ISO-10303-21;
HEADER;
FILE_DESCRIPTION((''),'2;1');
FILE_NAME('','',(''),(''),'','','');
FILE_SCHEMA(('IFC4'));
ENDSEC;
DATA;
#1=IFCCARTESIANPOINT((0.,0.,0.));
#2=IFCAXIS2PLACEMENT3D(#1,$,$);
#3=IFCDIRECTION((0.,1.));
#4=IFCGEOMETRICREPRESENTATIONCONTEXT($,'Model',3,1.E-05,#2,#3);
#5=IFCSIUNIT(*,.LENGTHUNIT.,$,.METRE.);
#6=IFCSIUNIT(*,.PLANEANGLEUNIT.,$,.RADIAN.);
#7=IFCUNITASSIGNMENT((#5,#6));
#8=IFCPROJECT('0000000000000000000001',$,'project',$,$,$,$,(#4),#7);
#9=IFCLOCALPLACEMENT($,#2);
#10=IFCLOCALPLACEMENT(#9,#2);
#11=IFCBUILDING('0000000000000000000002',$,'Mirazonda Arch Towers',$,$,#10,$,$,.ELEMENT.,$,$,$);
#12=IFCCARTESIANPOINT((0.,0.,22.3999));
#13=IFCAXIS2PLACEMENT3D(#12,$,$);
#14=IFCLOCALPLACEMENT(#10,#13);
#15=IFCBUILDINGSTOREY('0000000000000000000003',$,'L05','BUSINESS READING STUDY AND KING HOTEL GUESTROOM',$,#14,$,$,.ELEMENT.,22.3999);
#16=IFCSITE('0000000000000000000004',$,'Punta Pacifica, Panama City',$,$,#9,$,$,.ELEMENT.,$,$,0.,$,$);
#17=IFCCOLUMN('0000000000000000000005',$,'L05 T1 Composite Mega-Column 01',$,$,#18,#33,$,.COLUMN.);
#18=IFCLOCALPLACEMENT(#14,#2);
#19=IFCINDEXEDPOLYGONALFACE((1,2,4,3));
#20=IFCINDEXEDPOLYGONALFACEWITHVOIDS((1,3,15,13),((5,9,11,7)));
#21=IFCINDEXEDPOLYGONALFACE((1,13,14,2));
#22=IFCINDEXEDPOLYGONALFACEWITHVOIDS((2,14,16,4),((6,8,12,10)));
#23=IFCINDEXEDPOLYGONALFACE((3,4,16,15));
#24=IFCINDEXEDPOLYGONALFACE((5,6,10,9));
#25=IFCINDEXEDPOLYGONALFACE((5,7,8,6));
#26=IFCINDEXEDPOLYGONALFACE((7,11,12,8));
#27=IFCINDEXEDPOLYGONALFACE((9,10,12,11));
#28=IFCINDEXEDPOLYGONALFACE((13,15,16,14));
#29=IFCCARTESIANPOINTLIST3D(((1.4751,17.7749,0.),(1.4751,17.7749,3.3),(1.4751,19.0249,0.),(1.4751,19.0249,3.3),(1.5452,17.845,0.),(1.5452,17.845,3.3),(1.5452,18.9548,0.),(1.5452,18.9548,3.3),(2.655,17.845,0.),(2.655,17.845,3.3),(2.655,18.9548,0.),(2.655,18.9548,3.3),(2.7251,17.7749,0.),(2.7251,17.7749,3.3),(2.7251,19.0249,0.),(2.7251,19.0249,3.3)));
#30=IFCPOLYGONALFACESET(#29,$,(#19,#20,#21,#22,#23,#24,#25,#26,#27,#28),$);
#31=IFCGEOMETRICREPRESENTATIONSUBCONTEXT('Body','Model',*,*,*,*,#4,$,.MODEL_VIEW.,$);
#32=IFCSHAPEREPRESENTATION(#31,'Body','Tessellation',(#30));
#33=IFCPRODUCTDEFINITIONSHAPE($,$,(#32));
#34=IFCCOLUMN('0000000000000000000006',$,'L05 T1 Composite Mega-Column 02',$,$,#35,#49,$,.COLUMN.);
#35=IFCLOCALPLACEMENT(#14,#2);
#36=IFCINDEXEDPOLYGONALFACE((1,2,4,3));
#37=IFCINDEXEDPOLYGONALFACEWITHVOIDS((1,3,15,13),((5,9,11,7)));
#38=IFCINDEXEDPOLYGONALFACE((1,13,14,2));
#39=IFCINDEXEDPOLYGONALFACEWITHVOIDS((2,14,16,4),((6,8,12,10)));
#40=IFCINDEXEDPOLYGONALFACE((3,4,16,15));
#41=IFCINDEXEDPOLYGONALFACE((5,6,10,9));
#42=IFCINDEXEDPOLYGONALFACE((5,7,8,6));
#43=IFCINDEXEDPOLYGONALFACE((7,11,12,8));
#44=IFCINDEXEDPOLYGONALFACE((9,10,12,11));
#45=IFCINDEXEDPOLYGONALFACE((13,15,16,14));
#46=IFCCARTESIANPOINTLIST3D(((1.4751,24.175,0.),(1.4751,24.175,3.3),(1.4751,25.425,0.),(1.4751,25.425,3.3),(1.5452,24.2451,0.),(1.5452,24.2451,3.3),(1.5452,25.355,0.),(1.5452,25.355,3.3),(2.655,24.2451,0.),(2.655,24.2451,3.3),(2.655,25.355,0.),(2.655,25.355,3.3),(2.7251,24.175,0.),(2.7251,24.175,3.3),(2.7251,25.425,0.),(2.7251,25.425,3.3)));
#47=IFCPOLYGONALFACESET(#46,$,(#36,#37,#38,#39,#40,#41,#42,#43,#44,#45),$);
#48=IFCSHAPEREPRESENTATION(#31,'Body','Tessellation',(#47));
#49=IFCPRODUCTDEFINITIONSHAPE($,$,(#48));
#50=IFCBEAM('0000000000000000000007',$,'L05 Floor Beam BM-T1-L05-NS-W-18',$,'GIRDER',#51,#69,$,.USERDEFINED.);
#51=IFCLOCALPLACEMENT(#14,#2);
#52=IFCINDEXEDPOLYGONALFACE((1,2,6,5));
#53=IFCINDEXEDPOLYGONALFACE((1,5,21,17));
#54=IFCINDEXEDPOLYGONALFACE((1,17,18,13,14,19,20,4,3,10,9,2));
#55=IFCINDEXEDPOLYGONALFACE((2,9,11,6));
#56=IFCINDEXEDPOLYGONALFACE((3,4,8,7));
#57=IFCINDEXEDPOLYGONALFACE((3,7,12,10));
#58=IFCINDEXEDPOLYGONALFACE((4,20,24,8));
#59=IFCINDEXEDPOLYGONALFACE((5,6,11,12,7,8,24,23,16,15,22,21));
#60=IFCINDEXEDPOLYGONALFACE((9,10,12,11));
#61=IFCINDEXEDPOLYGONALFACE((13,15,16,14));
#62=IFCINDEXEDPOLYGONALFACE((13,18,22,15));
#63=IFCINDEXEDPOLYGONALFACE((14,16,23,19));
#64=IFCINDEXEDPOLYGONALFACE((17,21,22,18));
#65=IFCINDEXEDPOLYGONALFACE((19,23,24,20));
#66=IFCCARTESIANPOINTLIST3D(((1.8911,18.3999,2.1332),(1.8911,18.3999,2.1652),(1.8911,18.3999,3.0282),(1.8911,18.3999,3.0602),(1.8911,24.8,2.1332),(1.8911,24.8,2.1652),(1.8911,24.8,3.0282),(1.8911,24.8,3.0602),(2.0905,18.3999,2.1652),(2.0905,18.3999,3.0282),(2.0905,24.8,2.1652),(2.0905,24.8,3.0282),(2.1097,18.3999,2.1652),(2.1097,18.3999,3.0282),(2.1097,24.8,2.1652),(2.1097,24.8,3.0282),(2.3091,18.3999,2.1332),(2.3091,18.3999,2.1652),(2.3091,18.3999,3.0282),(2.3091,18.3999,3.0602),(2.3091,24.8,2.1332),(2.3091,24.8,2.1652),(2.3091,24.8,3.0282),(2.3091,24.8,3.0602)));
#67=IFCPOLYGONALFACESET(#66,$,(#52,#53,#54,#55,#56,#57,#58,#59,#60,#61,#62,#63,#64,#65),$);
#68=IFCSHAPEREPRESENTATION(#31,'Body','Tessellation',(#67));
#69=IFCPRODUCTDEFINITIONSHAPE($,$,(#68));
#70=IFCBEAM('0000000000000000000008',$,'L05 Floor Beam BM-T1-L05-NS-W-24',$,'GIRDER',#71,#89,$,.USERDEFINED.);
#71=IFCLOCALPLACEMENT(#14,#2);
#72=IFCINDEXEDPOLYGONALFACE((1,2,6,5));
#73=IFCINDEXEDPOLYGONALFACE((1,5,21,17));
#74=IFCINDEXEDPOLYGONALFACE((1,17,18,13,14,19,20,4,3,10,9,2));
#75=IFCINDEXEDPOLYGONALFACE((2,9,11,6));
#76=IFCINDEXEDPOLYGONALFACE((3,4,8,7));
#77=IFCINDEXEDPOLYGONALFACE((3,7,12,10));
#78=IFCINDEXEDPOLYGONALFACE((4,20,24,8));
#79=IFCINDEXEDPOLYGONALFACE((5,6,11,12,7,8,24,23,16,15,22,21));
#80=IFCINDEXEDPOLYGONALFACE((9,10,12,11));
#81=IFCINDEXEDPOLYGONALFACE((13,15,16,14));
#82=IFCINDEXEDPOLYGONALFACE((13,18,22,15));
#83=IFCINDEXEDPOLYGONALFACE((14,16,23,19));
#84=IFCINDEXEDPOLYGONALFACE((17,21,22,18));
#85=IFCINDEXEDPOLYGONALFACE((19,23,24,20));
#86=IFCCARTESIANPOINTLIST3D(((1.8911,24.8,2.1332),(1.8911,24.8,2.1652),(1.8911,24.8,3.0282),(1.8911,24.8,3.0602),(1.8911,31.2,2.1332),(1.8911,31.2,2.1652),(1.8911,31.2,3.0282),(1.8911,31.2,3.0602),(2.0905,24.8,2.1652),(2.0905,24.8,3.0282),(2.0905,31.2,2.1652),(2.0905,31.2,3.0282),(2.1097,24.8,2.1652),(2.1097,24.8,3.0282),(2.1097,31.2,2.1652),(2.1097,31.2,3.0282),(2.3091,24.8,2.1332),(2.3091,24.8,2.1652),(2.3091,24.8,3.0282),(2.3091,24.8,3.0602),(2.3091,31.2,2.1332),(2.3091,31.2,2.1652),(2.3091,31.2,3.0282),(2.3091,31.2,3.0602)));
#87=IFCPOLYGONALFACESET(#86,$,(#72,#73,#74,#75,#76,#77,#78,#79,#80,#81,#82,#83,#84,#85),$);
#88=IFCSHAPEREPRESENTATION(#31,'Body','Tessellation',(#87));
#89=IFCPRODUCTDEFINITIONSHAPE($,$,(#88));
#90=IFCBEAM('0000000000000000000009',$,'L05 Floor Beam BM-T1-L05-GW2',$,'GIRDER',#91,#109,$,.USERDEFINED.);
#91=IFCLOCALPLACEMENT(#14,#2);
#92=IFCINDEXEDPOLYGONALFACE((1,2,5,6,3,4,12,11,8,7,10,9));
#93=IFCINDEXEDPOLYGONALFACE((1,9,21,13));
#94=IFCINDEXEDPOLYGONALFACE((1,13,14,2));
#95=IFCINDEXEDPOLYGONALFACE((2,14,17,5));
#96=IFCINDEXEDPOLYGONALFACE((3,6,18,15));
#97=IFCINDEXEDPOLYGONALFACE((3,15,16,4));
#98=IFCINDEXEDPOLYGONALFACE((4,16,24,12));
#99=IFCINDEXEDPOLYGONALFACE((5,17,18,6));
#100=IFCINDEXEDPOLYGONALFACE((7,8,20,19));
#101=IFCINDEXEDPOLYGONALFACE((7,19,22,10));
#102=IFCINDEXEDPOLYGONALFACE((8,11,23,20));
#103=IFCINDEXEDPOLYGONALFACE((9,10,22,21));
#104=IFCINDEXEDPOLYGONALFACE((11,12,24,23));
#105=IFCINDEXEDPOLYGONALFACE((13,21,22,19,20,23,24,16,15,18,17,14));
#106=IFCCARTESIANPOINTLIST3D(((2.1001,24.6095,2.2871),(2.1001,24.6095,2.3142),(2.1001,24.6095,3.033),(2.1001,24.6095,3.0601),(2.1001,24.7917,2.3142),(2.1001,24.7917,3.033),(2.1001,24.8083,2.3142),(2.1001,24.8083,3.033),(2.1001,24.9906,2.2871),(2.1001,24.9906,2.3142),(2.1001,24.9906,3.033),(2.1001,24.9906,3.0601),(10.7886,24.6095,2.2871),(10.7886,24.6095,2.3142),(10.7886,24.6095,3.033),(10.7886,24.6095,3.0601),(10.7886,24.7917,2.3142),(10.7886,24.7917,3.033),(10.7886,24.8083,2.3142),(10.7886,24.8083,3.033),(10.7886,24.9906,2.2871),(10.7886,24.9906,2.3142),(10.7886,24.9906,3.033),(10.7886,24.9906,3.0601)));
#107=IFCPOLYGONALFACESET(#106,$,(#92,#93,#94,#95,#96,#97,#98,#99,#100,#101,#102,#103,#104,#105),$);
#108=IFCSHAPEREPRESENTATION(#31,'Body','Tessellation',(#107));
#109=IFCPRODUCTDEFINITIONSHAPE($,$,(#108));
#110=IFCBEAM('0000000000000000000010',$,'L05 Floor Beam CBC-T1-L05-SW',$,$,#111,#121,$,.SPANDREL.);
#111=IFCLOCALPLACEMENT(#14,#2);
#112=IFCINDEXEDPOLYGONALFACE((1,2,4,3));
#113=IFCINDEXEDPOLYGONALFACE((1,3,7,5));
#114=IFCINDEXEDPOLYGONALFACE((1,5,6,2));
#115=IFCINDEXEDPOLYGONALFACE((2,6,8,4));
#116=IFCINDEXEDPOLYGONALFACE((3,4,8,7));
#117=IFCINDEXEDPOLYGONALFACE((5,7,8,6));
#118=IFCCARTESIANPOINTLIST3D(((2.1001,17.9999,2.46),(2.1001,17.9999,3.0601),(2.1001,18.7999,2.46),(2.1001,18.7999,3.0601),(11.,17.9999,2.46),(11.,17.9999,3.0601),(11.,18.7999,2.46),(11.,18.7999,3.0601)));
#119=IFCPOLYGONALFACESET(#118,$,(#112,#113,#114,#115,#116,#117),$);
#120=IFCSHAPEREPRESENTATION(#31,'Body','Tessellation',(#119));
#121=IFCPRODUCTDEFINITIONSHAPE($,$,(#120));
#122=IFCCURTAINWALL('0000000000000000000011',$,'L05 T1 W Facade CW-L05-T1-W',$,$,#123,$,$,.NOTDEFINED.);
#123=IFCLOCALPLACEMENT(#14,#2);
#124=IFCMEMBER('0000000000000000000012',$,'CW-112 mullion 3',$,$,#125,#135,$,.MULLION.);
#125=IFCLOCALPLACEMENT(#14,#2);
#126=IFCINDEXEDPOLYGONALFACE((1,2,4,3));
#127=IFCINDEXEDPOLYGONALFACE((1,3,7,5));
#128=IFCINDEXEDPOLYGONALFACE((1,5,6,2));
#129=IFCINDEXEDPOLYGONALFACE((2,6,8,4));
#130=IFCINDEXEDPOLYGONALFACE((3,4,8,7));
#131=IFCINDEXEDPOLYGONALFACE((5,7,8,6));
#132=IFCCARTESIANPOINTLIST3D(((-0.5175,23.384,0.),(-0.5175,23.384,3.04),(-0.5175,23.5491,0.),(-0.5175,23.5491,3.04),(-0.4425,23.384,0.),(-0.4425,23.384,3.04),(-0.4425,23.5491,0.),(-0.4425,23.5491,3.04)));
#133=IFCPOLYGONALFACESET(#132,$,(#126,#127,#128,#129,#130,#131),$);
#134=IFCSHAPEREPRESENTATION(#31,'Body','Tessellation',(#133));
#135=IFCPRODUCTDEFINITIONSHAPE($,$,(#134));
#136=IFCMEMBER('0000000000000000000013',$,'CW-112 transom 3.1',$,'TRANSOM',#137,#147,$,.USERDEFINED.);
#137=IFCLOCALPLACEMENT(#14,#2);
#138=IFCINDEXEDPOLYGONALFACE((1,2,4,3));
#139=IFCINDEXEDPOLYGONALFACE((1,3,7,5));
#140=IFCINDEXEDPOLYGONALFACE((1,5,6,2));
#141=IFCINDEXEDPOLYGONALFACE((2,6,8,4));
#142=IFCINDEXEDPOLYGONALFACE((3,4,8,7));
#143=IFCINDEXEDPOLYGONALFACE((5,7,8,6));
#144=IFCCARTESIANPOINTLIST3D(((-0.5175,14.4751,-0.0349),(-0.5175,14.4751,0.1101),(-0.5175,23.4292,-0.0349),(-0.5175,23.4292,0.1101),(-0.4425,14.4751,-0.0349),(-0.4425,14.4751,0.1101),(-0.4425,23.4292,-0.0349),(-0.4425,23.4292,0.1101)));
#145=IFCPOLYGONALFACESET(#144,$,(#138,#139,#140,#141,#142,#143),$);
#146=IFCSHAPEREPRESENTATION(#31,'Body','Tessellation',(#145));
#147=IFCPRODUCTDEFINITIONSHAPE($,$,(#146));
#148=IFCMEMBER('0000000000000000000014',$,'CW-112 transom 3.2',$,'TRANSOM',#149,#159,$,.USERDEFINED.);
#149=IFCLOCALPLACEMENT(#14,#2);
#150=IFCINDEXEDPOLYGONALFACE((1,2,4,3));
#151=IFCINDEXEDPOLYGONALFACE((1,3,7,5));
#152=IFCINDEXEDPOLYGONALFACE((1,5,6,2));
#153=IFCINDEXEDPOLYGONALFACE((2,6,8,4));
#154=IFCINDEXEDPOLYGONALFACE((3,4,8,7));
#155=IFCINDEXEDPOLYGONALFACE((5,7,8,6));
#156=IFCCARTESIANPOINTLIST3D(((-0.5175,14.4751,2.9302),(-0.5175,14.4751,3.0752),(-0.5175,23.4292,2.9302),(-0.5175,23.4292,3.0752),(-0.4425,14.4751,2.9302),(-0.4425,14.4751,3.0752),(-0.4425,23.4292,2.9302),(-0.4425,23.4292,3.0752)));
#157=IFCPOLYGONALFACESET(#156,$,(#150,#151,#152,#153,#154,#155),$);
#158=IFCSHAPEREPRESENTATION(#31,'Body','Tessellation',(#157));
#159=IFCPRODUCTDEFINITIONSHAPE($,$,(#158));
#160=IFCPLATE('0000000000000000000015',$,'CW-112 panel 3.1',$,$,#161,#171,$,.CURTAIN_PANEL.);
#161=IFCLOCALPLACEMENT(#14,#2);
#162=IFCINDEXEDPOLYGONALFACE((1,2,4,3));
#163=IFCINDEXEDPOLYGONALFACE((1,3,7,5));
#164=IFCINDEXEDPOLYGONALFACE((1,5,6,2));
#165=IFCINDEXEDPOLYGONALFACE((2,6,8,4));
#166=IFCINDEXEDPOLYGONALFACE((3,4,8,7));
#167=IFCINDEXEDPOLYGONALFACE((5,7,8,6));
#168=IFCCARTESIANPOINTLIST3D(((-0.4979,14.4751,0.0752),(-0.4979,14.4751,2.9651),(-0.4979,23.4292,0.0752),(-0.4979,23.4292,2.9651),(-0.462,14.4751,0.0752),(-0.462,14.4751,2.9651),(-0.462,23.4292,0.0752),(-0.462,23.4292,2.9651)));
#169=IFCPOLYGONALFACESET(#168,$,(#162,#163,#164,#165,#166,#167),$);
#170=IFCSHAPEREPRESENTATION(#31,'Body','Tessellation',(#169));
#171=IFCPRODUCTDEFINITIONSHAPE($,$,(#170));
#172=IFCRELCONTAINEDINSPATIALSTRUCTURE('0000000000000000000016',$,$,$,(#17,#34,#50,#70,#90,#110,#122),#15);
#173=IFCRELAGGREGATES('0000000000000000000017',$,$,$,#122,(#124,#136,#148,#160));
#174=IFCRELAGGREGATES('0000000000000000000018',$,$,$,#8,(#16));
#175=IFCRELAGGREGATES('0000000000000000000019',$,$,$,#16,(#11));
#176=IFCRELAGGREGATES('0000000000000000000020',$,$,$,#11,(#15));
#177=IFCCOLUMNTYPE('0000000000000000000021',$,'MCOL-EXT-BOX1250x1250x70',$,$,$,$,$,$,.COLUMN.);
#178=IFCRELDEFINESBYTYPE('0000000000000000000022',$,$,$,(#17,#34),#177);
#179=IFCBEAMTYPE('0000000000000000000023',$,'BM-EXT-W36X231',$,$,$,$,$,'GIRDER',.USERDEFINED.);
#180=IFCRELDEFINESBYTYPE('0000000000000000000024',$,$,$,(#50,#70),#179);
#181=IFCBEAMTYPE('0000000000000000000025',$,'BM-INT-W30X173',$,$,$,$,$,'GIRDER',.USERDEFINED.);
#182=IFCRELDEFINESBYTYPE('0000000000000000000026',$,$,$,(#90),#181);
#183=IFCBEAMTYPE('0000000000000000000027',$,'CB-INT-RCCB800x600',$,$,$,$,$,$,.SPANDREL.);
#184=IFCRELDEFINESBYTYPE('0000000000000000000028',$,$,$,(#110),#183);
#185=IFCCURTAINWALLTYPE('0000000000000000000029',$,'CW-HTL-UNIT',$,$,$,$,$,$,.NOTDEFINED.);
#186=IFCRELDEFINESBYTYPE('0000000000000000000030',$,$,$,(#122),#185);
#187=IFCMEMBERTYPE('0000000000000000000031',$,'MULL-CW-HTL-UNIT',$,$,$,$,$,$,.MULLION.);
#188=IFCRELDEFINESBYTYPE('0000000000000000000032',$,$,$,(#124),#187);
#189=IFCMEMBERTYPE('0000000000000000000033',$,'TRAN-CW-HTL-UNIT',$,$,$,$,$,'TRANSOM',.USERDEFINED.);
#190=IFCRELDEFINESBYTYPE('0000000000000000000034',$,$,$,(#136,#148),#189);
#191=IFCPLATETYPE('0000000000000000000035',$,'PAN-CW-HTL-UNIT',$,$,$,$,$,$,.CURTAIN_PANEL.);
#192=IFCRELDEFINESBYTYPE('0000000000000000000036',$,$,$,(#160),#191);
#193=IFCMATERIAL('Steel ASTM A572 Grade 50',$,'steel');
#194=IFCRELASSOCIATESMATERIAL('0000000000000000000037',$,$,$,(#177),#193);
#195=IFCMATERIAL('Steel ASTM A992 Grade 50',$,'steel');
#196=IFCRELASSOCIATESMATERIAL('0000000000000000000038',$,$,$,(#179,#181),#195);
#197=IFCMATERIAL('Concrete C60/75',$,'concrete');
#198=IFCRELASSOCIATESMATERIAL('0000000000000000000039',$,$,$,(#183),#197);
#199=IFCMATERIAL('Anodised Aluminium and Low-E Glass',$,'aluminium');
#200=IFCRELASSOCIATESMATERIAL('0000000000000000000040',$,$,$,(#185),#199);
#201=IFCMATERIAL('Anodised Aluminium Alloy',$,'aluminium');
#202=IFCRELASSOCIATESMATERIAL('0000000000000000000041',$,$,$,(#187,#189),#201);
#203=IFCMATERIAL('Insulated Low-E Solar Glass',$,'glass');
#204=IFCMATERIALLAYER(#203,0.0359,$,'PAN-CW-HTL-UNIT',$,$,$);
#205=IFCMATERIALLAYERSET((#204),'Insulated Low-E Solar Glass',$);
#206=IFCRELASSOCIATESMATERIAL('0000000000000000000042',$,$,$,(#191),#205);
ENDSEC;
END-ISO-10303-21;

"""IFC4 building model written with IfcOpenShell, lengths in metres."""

from ifc_helpers import new_model, si_unit, direction, frame, origin, origin_2d, place, context, subcontext, project, spatial, rectangle, hollow_rectangle, i_section, extrude, material, layer, layer_set, material_profile, profile_set, type_object, element, aggregate, save


model = new_model("IFC4")

# Units and contexts
model_context = context("Model", 3, precision=1e-05, world=origin(), true_north=direction((0.0, 1.0)))
body_context = subcontext(model_context, "Body", "Model", "MODEL_VIEW")
ifc_project = project(units=[si_unit("LENGTHUNIT", "METRE"), si_unit("PLANEANGLEUNIT", "RADIAN")], contexts=[model_context])

# Site, building, storey
site_placement = place(None, origin())
site = spatial("IfcSite", under=ifc_project, at=site_placement, Name="Punta Pacifica, Panama City", CompositionType="ELEMENT", RefElevation=0.0)
building_placement = place(site_placement, origin())
building = spatial("IfcBuilding", under=site, at=building_placement, Name="Mirazonda Arch Towers", CompositionType="ELEMENT")
storey_placement = place(building_placement, frame((0.0, 0.0, 22.3999)))
storey = spatial("IfcBuildingStorey", under=building, at=storey_placement, Name="L05", Description="BUSINESS READING STUDY AND KING HOTEL GUESTROOM", CompositionType="ELEMENT", Elevation=22.3999)

# Columns
ifc_material_1 = material(Name="Steel ASTM A572 Grade 50", Category="steel")
ifc_material_profile_1 = material_profile(ifc_material_1, hollow_rectangle(XDim=1.25, YDim=1.25, WallThickness=0.0701, at=origin_2d()), Name="BOX1250x1250x70")
ifc_profile_set_1 = profile_set([ifc_material_profile_1], Name="Steel ASTM A572 Grade 50")
column_type = type_object("IfcColumnType", Name="MCOL-EXT-BOX1250x1250x70", PredefinedType="COLUMN", material=ifc_profile_set_1)
for number, where, z_axis, x_axis, name in (
    (1, (2.1001, 18.3999, 0.0), (0.0, 0.0, 1.0), (1.0, 0.0, 0.0), "L05 T1 Composite Mega-Column 01"),
    (2, (2.1001, 24.8, 0.0), (0.0, 0.0, 1.0), (1.0, 0.0, 0.0), "L05 T1 Composite Mega-Column 02"),
):
    element("IfcColumn", number, at=place(storey_placement, frame(where, z_axis=z_axis, x_axis=x_axis)), inside=storey, type_object=column_type, Name=name, PredefinedType="COLUMN", context=body_context, shape_type="SweptSolid", body=[
        extrude(hollow_rectangle(XDim=1.25, YDim=1.25, WallThickness=0.0701, at=origin_2d()), origin(), (0.0, 0.0, 1.0), 3.3),
    ])

# Beams
ifc_material_2 = material(Name="Steel ASTM A992 Grade 50", Category="steel")
ifc_material_profile_2 = material_profile(ifc_material_2, i_section(OverallWidth=0.418, OverallDepth=0.927, WebThickness=0.0193, FlangeThickness=0.032, at=origin_2d()), Name="W36X231")
ifc_profile_set_2 = profile_set([ifc_material_profile_2], Name="Steel ASTM A992 Grade 50")
beam_type_1 = type_object("IfcBeamType", Name="BM-EXT-W36X231", ElementType="GIRDER", PredefinedType="USERDEFINED", material=ifc_profile_set_2)
beam_1_placement = place(storey_placement, frame((2.1001, 18.3999, 2.5967), z_axis=(0.0, 1.0, 0.0), x_axis=(-1.0, 0.0, 0.0)))
element("IfcBeam", 3, at=beam_1_placement, inside=storey, type_object=beam_type_1, Name="L05 Floor Beam BM-T1-L05-NS-W-18", ObjectType="GIRDER", PredefinedType="USERDEFINED", context=body_context, shape_type="SweptSolid", body=[
    extrude(i_section(OverallWidth=0.418, OverallDepth=0.927, WebThickness=0.0193, FlangeThickness=0.032, at=origin_2d()), origin(), (0.0, 0.0, 1.0), 6.4001),
])
beam_2_placement = place(storey_placement, frame((2.1001, 24.8, 2.5967), z_axis=(0.0, 1.0, 0.0), x_axis=(-1.0, 0.0, 0.0)))
element("IfcBeam", 4, at=beam_2_placement, inside=storey, type_object=beam_type_1, Name="L05 Floor Beam BM-T1-L05-NS-W-24", ObjectType="GIRDER", PredefinedType="USERDEFINED", context=body_context, shape_type="SweptSolid", body=[
    extrude(i_section(OverallWidth=0.418, OverallDepth=0.927, WebThickness=0.0193, FlangeThickness=0.032, at=origin_2d()), origin(), (0.0, 0.0, 1.0), 6.3999),
])
ifc_material_profile_3 = material_profile(ifc_material_2, i_section(OverallWidth=0.3811, OverallDepth=0.7729, WebThickness=0.0166, FlangeThickness=0.0271, at=origin_2d()), Name="W30X173")
ifc_profile_set_3 = profile_set([ifc_material_profile_3], Name="Steel ASTM A992 Grade 50")
beam_type_2 = type_object("IfcBeamType", Name="BM-INT-W30X173", ElementType="GIRDER", PredefinedType="USERDEFINED", material=ifc_profile_set_3)
beam_3_placement = place(storey_placement, frame((2.1001, 24.8, 2.6736), z_axis=(1.0, 0.0, 0.0), x_axis=(0.0, 1.0, 0.0)))
element("IfcBeam", 5, at=beam_3_placement, inside=storey, type_object=beam_type_2, Name="L05 Floor Beam BM-T1-L05-GW2", ObjectType="GIRDER", PredefinedType="USERDEFINED", context=body_context, shape_type="SweptSolid", body=[
    extrude(i_section(OverallWidth=0.3811, OverallDepth=0.7729, WebThickness=0.0166, FlangeThickness=0.0271, at=origin_2d()), origin(), (0.0, 0.0, 1.0), 8.6885),
])
ifc_material_3 = material(Name="Concrete C60/75", Category="concrete")
ifc_material_profile_4 = material_profile(ifc_material_3, rectangle(XDim=0.8, YDim=0.6001, at=origin_2d()), Name="RCCB800x600")
ifc_profile_set_4 = profile_set([ifc_material_profile_4], Name="Concrete C60/75")
beam_type_3 = type_object("IfcBeamType", Name="CB-INT-RCCB800x600", PredefinedType="SPANDREL", material=ifc_profile_set_4)
beam_4_placement = place(storey_placement, frame((2.1001, 18.3999, 2.76), z_axis=(1.0, 0.0, 0.0), x_axis=(0.0, 1.0, 0.0)))
element("IfcBeam", 6, at=beam_4_placement, inside=storey, type_object=beam_type_3, Name="L05 Floor Beam CBC-T1-L05-SW", PredefinedType="SPANDREL", context=body_context, shape_type="SweptSolid", body=[
    extrude(rectangle(XDim=0.8, YDim=0.6001, at=origin_2d()), origin(), (0.0, 0.0, 1.0), 8.8999),
])

# Curtain wall, members, plate
ifc_material_4 = material(Name="Anodised Aluminium and Low-E Glass", Category="aluminium")
curtain_wall_type = type_object("IfcCurtainWallType", Name="CW-HTL-UNIT", PredefinedType="NOTDEFINED", material=ifc_material_4)
curtain_wall_placement = place(storey_placement, origin())
curtain_wall = element("IfcCurtainWall", 7, at=curtain_wall_placement, inside=storey, type_object=curtain_wall_type, Name="L05 T1 W Facade CW-L05-T1-W", PredefinedType="NOTDEFINED")
ifc_material_5 = material(Name="Anodised Aluminium Alloy", Category="aluminium")
ifc_material_profile_5 = material_profile(ifc_material_5, rectangle(XDim=0.075, YDim=0.165, at=origin_2d()), Name="ALU-MULL-75x165")
ifc_profile_set_5 = profile_set([ifc_material_profile_5], Name="Anodised Aluminium Alloy")
member_type_1 = type_object("IfcMemberType", Name="MULL-CW-HTL-UNIT", PredefinedType="MULLION", material=ifc_profile_set_5)
member_1_placement = place(storey_placement, frame((-0.48, 23.4666, 0.0), z_axis=(0.0, 0.0, 1.0), x_axis=(1.0, 0.0, 0.0)))
member_1 = element("IfcMember", 8, at=member_1_placement, type_object=member_type_1, Name="CW-112 mullion 3", PredefinedType="MULLION", context=body_context, shape_type="SweptSolid", body=[
    extrude(rectangle(XDim=0.075, YDim=0.165, at=origin_2d()), origin(), (0.0, 0.0, 1.0), 3.04),
])
ifc_material_profile_6 = material_profile(ifc_material_5, rectangle(XDim=0.075, YDim=0.145, at=origin_2d()), Name="ALU-TRAN-75x145")
ifc_profile_set_6 = profile_set([ifc_material_profile_6], Name="Anodised Aluminium Alloy")
member_type_2 = type_object("IfcMemberType", Name="TRAN-CW-HTL-UNIT", ElementType="TRANSOM", PredefinedType="USERDEFINED", material=ifc_profile_set_6)
member_2_placement = place(storey_placement, frame((-0.48, 23.4292, 0.0376), z_axis=(0.0, -1.0, 0.0), x_axis=(1.0, 0.0, 0.0)))
member_2 = element("IfcMember", 9, at=member_2_placement, type_object=member_type_2, Name="CW-112 transom 3.1", ObjectType="TRANSOM", PredefinedType="USERDEFINED", context=body_context, shape_type="SweptSolid", body=[
    extrude(rectangle(XDim=0.075, YDim=0.145, at=origin_2d()), origin(), (0.0, 0.0, 1.0), 8.9541),
])
member_3_placement = place(storey_placement, frame((-0.48, 23.4292, 3.0027), z_axis=(0.0, -1.0, 0.0), x_axis=(1.0, 0.0, 0.0)))
member_3 = element("IfcMember", 10, at=member_3_placement, type_object=member_type_2, Name="CW-112 transom 3.2", ObjectType="TRANSOM", PredefinedType="USERDEFINED", context=body_context, shape_type="SweptSolid", body=[
    extrude(rectangle(XDim=0.075, YDim=0.145, at=origin_2d()), origin(), (0.0, 0.0, 1.0), 8.9541),
])
ifc_material_6 = material(Name="Insulated Low-E Solar Glass", Category="glass")
ifc_layer_1 = layer(ifc_material_6, 0.0359, Name="PAN-CW-HTL-UNIT")
ifc_layer_set_1 = layer_set([ifc_layer_1], Name="Insulated Low-E Solar Glass")
plate_type = type_object("IfcPlateType", Name="PAN-CW-HTL-UNIT", PredefinedType="CURTAIN_PANEL", material=ifc_layer_set_1)
plate_placement = place(storey_placement, frame((-0.48, 18.9521, 0.0752), z_axis=(0.0, 0.0, 1.0), x_axis=(0.0, -1.0, 0.0)))
plate = element("IfcPlate", 11, at=plate_placement, type_object=plate_type, Name="CW-112 panel 3.1", PredefinedType="CURTAIN_PANEL", context=body_context, shape_type="SweptSolid", body=[
    extrude(rectangle(XDim=8.9541, YDim=0.0359, at=origin_2d()), origin(), (0.0, 0.0, 1.0), 2.8899),
])
aggregate(curtain_wall, [member_1, member_2, member_3, plate])

save(model, "model.ifc")
